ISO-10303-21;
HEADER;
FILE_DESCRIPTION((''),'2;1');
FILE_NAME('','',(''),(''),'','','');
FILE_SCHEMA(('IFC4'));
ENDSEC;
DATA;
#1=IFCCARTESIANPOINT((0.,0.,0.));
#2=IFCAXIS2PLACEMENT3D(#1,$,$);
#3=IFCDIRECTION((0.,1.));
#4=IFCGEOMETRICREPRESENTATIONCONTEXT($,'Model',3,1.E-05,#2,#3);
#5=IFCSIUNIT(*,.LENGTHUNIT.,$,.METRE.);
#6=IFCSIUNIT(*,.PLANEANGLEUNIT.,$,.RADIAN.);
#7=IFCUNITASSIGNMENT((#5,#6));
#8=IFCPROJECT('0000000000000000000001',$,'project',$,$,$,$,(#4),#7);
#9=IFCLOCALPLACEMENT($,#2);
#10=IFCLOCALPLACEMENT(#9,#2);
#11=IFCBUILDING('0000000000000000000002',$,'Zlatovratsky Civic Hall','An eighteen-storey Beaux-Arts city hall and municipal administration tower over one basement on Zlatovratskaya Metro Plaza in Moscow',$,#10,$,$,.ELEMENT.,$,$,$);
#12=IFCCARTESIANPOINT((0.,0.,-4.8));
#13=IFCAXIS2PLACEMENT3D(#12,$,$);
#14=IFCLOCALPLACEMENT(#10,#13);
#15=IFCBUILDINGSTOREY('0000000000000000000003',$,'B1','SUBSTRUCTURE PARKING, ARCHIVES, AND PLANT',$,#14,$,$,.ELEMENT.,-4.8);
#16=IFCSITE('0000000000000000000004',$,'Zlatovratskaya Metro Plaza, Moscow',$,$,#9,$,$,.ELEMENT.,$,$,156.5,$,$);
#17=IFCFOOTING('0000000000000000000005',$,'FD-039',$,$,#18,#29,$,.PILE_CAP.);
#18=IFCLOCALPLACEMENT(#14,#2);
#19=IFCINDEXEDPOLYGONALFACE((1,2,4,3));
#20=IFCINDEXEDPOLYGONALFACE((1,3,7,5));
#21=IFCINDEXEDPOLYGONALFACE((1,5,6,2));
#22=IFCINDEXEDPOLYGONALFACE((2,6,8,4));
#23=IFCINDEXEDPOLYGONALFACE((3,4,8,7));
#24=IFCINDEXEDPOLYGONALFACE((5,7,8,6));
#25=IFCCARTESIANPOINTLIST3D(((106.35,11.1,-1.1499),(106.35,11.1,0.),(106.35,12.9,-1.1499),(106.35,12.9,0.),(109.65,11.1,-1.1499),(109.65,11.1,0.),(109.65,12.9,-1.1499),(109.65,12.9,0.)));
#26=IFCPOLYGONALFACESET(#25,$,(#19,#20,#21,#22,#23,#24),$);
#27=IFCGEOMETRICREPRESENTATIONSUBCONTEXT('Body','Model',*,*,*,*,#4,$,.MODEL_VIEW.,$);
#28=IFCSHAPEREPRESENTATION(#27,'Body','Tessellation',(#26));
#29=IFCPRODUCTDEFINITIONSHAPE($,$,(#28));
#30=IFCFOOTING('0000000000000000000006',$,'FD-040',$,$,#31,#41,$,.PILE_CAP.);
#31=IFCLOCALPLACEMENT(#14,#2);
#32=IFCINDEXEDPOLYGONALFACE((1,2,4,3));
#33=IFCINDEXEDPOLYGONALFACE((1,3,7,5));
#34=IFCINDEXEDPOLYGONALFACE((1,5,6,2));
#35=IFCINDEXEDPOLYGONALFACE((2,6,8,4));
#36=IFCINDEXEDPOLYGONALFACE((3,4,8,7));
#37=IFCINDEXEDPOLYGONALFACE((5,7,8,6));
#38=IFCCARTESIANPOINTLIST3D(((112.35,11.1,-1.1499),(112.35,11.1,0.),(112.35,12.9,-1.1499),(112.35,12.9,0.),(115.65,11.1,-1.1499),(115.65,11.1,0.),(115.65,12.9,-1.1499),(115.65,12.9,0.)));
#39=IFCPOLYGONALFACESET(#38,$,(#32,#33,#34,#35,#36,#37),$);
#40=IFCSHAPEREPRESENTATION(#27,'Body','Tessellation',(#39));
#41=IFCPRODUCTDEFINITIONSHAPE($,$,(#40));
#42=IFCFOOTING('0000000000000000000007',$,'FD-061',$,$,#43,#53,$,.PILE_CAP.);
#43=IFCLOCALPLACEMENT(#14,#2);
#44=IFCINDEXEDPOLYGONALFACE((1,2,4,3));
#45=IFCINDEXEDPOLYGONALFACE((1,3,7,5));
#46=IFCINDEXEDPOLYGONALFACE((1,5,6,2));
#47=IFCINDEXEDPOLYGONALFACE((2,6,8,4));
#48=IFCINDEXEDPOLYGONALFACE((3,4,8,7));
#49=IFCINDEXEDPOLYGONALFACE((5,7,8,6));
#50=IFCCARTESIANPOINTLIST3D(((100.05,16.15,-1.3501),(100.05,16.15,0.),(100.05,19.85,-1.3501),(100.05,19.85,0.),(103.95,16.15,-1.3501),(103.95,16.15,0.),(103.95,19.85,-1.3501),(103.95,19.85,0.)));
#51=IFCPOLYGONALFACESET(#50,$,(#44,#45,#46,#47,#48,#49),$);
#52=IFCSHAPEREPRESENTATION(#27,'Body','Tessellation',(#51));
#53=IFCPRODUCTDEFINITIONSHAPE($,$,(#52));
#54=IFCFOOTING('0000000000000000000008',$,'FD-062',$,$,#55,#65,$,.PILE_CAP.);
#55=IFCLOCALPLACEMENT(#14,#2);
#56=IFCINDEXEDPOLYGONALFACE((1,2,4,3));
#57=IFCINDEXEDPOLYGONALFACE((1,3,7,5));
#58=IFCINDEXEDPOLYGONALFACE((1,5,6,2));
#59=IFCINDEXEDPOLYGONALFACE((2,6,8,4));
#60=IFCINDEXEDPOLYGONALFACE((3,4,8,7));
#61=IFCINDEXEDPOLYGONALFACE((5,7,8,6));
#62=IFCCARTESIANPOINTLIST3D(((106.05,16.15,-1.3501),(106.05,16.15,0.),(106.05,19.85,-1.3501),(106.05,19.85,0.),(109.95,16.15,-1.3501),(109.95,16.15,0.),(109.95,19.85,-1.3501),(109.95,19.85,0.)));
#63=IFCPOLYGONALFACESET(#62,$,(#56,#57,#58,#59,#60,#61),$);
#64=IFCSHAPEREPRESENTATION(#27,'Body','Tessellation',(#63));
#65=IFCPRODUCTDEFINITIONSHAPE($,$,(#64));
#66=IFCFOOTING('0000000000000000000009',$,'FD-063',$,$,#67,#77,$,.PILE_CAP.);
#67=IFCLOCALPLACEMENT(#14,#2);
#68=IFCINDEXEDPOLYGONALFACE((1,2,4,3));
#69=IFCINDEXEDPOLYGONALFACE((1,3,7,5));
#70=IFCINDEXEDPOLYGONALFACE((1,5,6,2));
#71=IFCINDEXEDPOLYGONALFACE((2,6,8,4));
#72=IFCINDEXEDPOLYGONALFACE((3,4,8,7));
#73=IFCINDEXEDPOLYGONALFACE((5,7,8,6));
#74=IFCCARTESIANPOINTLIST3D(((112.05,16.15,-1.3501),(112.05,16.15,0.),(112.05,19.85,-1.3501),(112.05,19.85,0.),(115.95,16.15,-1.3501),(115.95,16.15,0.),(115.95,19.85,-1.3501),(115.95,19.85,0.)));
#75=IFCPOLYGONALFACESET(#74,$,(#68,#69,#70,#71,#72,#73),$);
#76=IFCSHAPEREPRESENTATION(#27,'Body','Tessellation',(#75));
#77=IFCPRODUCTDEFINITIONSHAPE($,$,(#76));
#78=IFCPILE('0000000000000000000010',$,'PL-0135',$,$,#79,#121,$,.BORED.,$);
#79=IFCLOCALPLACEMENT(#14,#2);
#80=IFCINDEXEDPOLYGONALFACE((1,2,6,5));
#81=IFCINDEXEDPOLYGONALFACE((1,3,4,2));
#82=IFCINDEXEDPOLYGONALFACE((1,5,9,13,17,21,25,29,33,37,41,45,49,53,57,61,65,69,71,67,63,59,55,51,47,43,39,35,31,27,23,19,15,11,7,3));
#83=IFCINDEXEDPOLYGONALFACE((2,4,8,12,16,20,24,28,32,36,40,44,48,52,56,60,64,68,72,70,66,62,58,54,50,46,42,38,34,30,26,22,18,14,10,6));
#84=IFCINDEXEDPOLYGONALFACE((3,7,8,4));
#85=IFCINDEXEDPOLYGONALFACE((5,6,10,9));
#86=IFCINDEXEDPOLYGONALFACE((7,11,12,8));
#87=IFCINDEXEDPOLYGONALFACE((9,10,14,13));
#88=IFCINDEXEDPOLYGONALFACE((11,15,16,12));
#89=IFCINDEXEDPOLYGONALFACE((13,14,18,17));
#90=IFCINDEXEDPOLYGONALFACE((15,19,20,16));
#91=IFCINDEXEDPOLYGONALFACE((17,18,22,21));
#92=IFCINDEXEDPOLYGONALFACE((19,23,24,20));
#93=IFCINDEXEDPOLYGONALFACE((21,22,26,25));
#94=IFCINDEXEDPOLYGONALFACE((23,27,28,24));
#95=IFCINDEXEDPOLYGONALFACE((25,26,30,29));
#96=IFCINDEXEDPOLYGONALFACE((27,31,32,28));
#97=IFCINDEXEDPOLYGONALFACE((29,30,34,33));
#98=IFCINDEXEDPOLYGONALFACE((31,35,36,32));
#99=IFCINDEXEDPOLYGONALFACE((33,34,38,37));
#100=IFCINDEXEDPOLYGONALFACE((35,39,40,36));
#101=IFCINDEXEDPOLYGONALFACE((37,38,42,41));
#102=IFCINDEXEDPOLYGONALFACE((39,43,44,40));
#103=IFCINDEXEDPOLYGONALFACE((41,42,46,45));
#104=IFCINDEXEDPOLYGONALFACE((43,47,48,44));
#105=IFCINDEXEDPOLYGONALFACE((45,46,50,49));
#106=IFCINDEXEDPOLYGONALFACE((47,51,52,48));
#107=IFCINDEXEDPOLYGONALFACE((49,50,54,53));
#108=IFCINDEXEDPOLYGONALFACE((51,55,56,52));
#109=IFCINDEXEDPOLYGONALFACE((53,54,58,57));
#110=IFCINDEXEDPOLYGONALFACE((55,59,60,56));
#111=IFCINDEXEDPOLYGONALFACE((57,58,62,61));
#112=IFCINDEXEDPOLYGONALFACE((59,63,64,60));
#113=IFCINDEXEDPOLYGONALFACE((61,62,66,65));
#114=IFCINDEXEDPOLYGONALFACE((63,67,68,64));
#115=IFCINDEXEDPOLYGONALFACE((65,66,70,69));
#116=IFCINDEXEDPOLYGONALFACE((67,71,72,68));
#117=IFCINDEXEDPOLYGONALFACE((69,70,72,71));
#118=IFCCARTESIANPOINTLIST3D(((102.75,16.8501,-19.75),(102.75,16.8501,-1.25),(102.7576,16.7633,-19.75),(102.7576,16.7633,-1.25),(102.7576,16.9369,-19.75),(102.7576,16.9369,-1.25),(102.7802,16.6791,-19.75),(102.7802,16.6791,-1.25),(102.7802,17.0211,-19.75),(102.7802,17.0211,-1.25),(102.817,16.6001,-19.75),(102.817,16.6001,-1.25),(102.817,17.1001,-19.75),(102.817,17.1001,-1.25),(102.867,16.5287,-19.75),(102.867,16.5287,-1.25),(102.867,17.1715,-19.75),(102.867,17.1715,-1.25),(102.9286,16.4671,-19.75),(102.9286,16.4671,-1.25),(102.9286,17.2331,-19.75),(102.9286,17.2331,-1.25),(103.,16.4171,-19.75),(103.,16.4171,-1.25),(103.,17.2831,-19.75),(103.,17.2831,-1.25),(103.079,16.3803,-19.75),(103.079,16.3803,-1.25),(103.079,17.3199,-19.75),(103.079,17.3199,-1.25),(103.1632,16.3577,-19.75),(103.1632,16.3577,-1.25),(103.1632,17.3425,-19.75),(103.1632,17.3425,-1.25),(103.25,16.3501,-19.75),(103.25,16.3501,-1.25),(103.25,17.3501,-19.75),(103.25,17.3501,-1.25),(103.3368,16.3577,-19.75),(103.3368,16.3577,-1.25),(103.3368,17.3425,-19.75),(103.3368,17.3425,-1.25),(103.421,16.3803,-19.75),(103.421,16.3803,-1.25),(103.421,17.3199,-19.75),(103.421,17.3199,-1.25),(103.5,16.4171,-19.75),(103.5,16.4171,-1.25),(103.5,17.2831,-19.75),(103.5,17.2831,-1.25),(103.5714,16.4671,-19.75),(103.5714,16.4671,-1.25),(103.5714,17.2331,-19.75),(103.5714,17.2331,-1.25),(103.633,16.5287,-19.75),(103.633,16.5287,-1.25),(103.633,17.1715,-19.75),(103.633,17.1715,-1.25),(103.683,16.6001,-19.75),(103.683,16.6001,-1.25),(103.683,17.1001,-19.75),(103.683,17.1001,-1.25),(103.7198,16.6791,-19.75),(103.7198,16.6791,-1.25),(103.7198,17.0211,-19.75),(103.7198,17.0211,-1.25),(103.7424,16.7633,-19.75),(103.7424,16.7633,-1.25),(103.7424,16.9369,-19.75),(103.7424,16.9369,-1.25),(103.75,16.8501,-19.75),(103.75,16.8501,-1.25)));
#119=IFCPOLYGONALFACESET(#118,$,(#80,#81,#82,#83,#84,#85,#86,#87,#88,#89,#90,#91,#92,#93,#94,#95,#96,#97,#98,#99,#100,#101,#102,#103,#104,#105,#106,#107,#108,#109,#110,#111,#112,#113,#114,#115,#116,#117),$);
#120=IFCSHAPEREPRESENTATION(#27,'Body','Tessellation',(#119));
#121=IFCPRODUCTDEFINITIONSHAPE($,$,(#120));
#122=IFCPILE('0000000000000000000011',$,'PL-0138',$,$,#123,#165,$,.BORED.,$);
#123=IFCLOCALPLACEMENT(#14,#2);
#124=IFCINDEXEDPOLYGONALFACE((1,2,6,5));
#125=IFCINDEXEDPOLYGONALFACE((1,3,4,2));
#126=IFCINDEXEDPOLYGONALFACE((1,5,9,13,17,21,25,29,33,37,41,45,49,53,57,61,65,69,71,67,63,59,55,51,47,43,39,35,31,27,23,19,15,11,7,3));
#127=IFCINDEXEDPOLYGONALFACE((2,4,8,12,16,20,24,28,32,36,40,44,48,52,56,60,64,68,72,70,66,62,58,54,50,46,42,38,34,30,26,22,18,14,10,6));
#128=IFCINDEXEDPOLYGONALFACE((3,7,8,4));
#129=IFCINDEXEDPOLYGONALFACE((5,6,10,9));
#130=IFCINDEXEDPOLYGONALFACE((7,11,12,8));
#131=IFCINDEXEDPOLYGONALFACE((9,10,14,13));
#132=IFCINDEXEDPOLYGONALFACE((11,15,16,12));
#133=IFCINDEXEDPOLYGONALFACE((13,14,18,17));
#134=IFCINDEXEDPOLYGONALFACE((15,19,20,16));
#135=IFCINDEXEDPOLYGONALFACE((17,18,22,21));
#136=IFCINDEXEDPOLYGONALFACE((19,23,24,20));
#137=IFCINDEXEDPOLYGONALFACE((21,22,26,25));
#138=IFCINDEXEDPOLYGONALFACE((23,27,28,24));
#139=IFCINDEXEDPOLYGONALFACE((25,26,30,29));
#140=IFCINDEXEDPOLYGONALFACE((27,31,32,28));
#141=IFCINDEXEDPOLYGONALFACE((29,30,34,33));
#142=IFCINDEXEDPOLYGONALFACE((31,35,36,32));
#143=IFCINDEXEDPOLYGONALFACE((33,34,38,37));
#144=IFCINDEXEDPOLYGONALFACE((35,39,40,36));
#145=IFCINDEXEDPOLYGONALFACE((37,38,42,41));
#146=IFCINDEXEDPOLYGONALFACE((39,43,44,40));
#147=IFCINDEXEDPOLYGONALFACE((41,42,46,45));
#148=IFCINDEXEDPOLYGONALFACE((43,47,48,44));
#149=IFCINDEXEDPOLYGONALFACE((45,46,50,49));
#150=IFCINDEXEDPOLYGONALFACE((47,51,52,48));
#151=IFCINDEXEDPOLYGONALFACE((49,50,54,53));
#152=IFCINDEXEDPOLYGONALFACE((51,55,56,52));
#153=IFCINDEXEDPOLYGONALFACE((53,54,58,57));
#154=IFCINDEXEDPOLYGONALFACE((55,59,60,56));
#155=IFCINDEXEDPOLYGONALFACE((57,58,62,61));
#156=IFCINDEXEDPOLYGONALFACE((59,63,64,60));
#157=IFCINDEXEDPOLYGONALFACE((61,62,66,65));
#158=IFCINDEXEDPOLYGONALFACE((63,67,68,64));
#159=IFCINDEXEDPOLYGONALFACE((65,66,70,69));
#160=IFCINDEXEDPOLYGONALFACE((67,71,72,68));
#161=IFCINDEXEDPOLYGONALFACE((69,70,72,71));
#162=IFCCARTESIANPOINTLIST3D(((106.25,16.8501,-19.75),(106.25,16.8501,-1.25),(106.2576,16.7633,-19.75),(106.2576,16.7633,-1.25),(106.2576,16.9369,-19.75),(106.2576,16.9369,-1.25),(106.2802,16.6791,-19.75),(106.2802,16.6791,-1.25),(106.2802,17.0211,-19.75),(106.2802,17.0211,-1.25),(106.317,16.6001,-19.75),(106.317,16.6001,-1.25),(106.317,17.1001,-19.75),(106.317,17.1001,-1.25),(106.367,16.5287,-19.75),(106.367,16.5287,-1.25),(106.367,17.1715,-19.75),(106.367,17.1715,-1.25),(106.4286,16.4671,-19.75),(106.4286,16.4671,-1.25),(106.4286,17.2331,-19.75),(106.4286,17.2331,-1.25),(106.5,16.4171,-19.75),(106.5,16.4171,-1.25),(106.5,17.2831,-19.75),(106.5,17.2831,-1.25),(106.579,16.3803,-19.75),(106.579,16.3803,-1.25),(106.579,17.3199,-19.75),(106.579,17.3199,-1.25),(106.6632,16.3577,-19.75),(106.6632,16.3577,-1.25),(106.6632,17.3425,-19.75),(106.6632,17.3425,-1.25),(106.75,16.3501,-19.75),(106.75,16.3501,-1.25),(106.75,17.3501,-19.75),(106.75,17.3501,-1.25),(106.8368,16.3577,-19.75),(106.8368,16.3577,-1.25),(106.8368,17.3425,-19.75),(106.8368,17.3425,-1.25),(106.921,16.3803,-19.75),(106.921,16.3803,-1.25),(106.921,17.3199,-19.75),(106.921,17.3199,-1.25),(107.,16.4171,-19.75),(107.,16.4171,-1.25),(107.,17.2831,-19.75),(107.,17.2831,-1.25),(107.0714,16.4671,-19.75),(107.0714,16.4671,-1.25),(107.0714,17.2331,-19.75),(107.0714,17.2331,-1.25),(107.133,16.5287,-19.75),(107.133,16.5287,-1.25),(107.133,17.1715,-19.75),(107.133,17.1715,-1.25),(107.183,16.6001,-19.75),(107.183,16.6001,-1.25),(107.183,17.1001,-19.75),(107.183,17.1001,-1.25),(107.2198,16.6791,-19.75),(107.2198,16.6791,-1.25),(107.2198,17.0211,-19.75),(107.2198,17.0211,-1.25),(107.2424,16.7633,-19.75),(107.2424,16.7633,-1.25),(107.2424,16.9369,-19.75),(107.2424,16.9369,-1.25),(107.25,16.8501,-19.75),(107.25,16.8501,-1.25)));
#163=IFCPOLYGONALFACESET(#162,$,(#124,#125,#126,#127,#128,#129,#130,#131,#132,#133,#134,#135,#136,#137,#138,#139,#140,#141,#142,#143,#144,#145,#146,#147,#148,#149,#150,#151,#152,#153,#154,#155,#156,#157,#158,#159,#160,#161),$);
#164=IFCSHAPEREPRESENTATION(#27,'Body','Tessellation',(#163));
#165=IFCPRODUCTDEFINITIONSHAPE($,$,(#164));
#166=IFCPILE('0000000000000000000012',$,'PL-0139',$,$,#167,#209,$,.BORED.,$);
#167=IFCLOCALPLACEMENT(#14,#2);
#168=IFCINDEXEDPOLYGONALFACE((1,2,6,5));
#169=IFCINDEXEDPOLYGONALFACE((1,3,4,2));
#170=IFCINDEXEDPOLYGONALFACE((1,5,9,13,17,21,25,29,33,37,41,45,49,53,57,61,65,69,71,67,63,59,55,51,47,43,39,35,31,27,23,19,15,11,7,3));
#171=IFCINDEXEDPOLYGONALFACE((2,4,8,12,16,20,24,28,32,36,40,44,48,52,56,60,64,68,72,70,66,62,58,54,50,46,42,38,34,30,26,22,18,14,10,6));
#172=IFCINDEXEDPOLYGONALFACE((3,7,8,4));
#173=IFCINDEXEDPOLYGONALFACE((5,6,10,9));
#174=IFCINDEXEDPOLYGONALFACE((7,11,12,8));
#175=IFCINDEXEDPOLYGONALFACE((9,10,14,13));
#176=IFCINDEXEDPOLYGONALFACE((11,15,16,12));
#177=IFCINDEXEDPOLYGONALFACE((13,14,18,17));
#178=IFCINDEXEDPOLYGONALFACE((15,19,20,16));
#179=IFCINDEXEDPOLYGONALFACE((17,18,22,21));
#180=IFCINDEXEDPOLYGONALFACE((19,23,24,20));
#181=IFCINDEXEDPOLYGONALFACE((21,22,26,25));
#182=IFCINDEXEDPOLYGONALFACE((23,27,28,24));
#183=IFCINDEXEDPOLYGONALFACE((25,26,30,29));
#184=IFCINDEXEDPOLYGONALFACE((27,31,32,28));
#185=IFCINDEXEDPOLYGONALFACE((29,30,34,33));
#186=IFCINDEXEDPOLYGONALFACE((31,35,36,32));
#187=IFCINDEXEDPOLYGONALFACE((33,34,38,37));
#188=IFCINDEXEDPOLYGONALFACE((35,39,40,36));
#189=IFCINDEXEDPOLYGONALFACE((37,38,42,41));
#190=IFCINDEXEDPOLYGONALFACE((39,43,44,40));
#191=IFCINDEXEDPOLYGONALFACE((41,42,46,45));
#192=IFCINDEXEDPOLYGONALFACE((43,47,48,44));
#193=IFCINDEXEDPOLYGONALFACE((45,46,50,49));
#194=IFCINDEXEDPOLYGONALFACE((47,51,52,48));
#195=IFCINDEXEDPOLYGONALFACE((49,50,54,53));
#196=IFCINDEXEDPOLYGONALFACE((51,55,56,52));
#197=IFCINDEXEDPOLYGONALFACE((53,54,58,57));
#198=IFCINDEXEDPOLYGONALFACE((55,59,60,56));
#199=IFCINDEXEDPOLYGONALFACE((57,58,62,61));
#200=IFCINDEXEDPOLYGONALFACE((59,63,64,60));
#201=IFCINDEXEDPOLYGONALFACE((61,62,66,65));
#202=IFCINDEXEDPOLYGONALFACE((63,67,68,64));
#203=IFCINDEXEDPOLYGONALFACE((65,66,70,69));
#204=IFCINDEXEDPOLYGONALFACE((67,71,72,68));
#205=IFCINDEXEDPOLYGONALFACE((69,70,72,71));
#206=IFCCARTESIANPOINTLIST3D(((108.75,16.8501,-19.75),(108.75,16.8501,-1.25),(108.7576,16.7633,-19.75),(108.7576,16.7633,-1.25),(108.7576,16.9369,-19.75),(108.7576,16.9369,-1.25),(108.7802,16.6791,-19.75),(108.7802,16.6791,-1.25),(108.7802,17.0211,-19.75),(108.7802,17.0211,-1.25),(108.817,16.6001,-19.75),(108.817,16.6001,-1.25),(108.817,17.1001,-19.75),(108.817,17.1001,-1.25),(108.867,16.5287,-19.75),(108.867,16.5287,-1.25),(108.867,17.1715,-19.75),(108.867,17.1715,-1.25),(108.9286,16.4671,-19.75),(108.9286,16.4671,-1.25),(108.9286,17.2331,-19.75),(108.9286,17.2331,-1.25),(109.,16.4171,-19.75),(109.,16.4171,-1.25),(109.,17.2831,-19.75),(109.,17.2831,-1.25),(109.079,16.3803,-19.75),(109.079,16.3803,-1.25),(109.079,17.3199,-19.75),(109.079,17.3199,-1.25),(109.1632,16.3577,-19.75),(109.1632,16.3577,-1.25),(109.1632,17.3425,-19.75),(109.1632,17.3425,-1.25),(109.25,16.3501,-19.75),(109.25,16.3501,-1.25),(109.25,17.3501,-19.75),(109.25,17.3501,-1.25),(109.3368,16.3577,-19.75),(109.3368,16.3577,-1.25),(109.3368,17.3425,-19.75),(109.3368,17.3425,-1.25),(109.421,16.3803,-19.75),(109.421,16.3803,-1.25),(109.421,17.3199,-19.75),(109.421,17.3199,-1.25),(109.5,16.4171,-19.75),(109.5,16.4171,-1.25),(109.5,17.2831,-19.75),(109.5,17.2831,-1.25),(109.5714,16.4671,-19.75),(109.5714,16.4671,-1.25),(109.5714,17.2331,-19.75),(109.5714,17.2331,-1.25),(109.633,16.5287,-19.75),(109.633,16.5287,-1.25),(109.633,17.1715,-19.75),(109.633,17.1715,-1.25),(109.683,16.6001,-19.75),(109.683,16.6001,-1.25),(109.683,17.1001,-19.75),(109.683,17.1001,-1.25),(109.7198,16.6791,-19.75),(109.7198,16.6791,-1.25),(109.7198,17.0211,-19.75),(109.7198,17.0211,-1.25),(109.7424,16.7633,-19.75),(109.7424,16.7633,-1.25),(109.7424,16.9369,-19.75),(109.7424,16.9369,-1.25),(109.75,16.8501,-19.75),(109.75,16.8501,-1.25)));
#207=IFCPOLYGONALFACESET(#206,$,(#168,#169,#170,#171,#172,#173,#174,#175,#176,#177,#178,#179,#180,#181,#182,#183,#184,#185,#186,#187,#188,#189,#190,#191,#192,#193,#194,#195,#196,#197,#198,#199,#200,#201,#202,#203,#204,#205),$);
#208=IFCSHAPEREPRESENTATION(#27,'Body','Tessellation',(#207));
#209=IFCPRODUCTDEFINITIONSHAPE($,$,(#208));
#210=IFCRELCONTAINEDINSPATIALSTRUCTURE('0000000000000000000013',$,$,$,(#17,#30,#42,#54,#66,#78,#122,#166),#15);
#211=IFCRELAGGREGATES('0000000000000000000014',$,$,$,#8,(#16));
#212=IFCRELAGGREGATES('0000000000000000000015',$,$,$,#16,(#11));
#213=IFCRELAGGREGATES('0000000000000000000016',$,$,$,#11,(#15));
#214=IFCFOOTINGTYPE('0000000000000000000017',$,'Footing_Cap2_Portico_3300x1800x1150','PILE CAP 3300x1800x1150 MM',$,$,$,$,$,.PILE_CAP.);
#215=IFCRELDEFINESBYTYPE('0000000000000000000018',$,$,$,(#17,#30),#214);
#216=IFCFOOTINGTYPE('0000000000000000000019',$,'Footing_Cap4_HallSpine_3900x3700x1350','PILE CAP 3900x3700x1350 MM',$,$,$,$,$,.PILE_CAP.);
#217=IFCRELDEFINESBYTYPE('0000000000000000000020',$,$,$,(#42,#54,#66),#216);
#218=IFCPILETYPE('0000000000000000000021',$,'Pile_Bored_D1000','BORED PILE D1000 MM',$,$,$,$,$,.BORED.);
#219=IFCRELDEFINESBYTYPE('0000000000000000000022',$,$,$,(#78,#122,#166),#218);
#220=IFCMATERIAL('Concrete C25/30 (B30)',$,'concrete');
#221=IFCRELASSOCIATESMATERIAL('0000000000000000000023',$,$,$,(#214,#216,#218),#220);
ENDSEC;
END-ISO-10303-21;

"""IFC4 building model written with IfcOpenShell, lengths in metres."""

from ifc_helpers import new_model, si_unit, direction, frame, origin, origin_2d, place, context, subcontext, project, spatial, rectangle, circle, extrude, material, material_profile, profile_set, type_object, element, save


model = new_model("IFC4")

# Units and contexts
model_context = context("Model", 3, precision=1e-05, world=origin(), true_north=direction((0.0, 1.0)))
body_context = subcontext(model_context, "Body", "Model", "MODEL_VIEW")
ifc_project = project(units=[si_unit("LENGTHUNIT", "METRE"), si_unit("PLANEANGLEUNIT", "RADIAN")], contexts=[model_context])

# Site, building, storey
site_placement = place(None, origin())
site = spatial("IfcSite", under=ifc_project, at=site_placement, Name="Zlatovratskaya Metro Plaza, Moscow", CompositionType="ELEMENT", RefElevation=156.5)
building_placement = place(site_placement, origin())
building = spatial("IfcBuilding", under=site, at=building_placement, Name="Zlatovratsky Civic Hall", Description="An eighteen-storey Beaux-Arts city hall and municipal administration tower over one basement on Zlatovratskaya Metro Plaza in Moscow", CompositionType="ELEMENT")
storey_placement = place(building_placement, frame((0.0, 0.0, -4.8)))
storey = spatial("IfcBuildingStorey", under=building, at=storey_placement, Name="B1", Description="SUBSTRUCTURE PARKING, ARCHIVES, AND PLANT", CompositionType="ELEMENT", Elevation=-4.8)

# Footings
ifc_material_1 = material(Name="Concrete C25/30 (B30)", Category="concrete")
footing_type_1 = type_object("IfcFootingType", Name="Footing_Cap2_Portico_3300x1800x1150", Description="PILE CAP 3300x1800x1150 MM", PredefinedType="PILE_CAP", material=ifc_material_1)
for number, where, z_axis, x_axis, name in (
    (1, (108.0, 12.0, -1.1499), (0.0, 0.0, 1.0), (1.0, 0.0, 0.0), "FD-039"),
    (2, (114.0, 12.0, -1.1499), (0.0, 0.0, 1.0), (1.0, 0.0, 0.0), "FD-040"),
):
    element("IfcFooting", number, at=place(storey_placement, frame(where, z_axis=z_axis, x_axis=x_axis)), inside=storey, type_object=footing_type_1, Name=name, PredefinedType="PILE_CAP", context=body_context, shape_type="SweptSolid", body=[
        extrude(rectangle(XDim=3.3, YDim=1.8, at=origin_2d()), origin(), (0.0, 0.0, 1.0), 1.1499),
    ])
footing_type_2 = type_object("IfcFootingType", Name="Footing_Cap4_HallSpine_3900x3700x1350", Description="PILE CAP 3900x3700x1350 MM", PredefinedType="PILE_CAP", material=ifc_material_1)
for number, where, z_axis, x_axis, name in (
    (3, (102.0, 18.0, -1.3501), (0.0, 0.0, 1.0), (1.0, 0.0, 0.0), "FD-061"),
    (4, (108.0, 18.0, -1.3501), (0.0, 0.0, 1.0), (1.0, 0.0, 0.0), "FD-062"),
    (5, (114.0, 18.0, -1.3501), (0.0, 0.0, 1.0), (1.0, 0.0, 0.0), "FD-063"),
):
    element("IfcFooting", number, at=place(storey_placement, frame(where, z_axis=z_axis, x_axis=x_axis)), inside=storey, type_object=footing_type_2, Name=name, PredefinedType="PILE_CAP", context=body_context, shape_type="SweptSolid", body=[
        extrude(rectangle(XDim=3.8999, YDim=3.7, at=origin_2d()), origin(), (0.0, 0.0, 1.0), 1.3501),
    ])

# Piles
ifc_material_profile_1 = material_profile(ifc_material_1, circle(Radius=0.5, at=origin_2d()), Name="PILE D1000")
ifc_profile_set_1 = profile_set([ifc_material_profile_1], Name="Concrete C25/30 (B30)")
pile_type_1 = type_object("IfcPileType", Name="Pile_Bored_D1000", Description="BORED PILE D1000 MM", PredefinedType="BORED", material=ifc_profile_set_1)
for number, where, z_axis, x_axis, name in (
    (6, (103.25, 16.8501, -1.25), (0.0, 0.0, -1.0), (1.0, 0.0, 0.0), "PL-0135"),
    (7, (106.75, 16.8501, -1.25), (0.0, 0.0, -1.0), (1.0, 0.0, 0.0), "PL-0138"),
    (8, (109.25, 16.8501, -1.25), (0.0, 0.0, -1.0), (1.0, 0.0, 0.0), "PL-0139"),
):
    element("IfcPile", number, at=place(storey_placement, frame(where, z_axis=z_axis, x_axis=x_axis)), inside=storey, type_object=pile_type_1, Name=name, PredefinedType="BORED", context=body_context, shape_type="SweptSolid", body=[
        extrude(circle(Radius=0.5, at=origin_2d()), origin(), (0.0, 0.0, 1.0), 18.5),
    ])

save(model, "model.ifc")
